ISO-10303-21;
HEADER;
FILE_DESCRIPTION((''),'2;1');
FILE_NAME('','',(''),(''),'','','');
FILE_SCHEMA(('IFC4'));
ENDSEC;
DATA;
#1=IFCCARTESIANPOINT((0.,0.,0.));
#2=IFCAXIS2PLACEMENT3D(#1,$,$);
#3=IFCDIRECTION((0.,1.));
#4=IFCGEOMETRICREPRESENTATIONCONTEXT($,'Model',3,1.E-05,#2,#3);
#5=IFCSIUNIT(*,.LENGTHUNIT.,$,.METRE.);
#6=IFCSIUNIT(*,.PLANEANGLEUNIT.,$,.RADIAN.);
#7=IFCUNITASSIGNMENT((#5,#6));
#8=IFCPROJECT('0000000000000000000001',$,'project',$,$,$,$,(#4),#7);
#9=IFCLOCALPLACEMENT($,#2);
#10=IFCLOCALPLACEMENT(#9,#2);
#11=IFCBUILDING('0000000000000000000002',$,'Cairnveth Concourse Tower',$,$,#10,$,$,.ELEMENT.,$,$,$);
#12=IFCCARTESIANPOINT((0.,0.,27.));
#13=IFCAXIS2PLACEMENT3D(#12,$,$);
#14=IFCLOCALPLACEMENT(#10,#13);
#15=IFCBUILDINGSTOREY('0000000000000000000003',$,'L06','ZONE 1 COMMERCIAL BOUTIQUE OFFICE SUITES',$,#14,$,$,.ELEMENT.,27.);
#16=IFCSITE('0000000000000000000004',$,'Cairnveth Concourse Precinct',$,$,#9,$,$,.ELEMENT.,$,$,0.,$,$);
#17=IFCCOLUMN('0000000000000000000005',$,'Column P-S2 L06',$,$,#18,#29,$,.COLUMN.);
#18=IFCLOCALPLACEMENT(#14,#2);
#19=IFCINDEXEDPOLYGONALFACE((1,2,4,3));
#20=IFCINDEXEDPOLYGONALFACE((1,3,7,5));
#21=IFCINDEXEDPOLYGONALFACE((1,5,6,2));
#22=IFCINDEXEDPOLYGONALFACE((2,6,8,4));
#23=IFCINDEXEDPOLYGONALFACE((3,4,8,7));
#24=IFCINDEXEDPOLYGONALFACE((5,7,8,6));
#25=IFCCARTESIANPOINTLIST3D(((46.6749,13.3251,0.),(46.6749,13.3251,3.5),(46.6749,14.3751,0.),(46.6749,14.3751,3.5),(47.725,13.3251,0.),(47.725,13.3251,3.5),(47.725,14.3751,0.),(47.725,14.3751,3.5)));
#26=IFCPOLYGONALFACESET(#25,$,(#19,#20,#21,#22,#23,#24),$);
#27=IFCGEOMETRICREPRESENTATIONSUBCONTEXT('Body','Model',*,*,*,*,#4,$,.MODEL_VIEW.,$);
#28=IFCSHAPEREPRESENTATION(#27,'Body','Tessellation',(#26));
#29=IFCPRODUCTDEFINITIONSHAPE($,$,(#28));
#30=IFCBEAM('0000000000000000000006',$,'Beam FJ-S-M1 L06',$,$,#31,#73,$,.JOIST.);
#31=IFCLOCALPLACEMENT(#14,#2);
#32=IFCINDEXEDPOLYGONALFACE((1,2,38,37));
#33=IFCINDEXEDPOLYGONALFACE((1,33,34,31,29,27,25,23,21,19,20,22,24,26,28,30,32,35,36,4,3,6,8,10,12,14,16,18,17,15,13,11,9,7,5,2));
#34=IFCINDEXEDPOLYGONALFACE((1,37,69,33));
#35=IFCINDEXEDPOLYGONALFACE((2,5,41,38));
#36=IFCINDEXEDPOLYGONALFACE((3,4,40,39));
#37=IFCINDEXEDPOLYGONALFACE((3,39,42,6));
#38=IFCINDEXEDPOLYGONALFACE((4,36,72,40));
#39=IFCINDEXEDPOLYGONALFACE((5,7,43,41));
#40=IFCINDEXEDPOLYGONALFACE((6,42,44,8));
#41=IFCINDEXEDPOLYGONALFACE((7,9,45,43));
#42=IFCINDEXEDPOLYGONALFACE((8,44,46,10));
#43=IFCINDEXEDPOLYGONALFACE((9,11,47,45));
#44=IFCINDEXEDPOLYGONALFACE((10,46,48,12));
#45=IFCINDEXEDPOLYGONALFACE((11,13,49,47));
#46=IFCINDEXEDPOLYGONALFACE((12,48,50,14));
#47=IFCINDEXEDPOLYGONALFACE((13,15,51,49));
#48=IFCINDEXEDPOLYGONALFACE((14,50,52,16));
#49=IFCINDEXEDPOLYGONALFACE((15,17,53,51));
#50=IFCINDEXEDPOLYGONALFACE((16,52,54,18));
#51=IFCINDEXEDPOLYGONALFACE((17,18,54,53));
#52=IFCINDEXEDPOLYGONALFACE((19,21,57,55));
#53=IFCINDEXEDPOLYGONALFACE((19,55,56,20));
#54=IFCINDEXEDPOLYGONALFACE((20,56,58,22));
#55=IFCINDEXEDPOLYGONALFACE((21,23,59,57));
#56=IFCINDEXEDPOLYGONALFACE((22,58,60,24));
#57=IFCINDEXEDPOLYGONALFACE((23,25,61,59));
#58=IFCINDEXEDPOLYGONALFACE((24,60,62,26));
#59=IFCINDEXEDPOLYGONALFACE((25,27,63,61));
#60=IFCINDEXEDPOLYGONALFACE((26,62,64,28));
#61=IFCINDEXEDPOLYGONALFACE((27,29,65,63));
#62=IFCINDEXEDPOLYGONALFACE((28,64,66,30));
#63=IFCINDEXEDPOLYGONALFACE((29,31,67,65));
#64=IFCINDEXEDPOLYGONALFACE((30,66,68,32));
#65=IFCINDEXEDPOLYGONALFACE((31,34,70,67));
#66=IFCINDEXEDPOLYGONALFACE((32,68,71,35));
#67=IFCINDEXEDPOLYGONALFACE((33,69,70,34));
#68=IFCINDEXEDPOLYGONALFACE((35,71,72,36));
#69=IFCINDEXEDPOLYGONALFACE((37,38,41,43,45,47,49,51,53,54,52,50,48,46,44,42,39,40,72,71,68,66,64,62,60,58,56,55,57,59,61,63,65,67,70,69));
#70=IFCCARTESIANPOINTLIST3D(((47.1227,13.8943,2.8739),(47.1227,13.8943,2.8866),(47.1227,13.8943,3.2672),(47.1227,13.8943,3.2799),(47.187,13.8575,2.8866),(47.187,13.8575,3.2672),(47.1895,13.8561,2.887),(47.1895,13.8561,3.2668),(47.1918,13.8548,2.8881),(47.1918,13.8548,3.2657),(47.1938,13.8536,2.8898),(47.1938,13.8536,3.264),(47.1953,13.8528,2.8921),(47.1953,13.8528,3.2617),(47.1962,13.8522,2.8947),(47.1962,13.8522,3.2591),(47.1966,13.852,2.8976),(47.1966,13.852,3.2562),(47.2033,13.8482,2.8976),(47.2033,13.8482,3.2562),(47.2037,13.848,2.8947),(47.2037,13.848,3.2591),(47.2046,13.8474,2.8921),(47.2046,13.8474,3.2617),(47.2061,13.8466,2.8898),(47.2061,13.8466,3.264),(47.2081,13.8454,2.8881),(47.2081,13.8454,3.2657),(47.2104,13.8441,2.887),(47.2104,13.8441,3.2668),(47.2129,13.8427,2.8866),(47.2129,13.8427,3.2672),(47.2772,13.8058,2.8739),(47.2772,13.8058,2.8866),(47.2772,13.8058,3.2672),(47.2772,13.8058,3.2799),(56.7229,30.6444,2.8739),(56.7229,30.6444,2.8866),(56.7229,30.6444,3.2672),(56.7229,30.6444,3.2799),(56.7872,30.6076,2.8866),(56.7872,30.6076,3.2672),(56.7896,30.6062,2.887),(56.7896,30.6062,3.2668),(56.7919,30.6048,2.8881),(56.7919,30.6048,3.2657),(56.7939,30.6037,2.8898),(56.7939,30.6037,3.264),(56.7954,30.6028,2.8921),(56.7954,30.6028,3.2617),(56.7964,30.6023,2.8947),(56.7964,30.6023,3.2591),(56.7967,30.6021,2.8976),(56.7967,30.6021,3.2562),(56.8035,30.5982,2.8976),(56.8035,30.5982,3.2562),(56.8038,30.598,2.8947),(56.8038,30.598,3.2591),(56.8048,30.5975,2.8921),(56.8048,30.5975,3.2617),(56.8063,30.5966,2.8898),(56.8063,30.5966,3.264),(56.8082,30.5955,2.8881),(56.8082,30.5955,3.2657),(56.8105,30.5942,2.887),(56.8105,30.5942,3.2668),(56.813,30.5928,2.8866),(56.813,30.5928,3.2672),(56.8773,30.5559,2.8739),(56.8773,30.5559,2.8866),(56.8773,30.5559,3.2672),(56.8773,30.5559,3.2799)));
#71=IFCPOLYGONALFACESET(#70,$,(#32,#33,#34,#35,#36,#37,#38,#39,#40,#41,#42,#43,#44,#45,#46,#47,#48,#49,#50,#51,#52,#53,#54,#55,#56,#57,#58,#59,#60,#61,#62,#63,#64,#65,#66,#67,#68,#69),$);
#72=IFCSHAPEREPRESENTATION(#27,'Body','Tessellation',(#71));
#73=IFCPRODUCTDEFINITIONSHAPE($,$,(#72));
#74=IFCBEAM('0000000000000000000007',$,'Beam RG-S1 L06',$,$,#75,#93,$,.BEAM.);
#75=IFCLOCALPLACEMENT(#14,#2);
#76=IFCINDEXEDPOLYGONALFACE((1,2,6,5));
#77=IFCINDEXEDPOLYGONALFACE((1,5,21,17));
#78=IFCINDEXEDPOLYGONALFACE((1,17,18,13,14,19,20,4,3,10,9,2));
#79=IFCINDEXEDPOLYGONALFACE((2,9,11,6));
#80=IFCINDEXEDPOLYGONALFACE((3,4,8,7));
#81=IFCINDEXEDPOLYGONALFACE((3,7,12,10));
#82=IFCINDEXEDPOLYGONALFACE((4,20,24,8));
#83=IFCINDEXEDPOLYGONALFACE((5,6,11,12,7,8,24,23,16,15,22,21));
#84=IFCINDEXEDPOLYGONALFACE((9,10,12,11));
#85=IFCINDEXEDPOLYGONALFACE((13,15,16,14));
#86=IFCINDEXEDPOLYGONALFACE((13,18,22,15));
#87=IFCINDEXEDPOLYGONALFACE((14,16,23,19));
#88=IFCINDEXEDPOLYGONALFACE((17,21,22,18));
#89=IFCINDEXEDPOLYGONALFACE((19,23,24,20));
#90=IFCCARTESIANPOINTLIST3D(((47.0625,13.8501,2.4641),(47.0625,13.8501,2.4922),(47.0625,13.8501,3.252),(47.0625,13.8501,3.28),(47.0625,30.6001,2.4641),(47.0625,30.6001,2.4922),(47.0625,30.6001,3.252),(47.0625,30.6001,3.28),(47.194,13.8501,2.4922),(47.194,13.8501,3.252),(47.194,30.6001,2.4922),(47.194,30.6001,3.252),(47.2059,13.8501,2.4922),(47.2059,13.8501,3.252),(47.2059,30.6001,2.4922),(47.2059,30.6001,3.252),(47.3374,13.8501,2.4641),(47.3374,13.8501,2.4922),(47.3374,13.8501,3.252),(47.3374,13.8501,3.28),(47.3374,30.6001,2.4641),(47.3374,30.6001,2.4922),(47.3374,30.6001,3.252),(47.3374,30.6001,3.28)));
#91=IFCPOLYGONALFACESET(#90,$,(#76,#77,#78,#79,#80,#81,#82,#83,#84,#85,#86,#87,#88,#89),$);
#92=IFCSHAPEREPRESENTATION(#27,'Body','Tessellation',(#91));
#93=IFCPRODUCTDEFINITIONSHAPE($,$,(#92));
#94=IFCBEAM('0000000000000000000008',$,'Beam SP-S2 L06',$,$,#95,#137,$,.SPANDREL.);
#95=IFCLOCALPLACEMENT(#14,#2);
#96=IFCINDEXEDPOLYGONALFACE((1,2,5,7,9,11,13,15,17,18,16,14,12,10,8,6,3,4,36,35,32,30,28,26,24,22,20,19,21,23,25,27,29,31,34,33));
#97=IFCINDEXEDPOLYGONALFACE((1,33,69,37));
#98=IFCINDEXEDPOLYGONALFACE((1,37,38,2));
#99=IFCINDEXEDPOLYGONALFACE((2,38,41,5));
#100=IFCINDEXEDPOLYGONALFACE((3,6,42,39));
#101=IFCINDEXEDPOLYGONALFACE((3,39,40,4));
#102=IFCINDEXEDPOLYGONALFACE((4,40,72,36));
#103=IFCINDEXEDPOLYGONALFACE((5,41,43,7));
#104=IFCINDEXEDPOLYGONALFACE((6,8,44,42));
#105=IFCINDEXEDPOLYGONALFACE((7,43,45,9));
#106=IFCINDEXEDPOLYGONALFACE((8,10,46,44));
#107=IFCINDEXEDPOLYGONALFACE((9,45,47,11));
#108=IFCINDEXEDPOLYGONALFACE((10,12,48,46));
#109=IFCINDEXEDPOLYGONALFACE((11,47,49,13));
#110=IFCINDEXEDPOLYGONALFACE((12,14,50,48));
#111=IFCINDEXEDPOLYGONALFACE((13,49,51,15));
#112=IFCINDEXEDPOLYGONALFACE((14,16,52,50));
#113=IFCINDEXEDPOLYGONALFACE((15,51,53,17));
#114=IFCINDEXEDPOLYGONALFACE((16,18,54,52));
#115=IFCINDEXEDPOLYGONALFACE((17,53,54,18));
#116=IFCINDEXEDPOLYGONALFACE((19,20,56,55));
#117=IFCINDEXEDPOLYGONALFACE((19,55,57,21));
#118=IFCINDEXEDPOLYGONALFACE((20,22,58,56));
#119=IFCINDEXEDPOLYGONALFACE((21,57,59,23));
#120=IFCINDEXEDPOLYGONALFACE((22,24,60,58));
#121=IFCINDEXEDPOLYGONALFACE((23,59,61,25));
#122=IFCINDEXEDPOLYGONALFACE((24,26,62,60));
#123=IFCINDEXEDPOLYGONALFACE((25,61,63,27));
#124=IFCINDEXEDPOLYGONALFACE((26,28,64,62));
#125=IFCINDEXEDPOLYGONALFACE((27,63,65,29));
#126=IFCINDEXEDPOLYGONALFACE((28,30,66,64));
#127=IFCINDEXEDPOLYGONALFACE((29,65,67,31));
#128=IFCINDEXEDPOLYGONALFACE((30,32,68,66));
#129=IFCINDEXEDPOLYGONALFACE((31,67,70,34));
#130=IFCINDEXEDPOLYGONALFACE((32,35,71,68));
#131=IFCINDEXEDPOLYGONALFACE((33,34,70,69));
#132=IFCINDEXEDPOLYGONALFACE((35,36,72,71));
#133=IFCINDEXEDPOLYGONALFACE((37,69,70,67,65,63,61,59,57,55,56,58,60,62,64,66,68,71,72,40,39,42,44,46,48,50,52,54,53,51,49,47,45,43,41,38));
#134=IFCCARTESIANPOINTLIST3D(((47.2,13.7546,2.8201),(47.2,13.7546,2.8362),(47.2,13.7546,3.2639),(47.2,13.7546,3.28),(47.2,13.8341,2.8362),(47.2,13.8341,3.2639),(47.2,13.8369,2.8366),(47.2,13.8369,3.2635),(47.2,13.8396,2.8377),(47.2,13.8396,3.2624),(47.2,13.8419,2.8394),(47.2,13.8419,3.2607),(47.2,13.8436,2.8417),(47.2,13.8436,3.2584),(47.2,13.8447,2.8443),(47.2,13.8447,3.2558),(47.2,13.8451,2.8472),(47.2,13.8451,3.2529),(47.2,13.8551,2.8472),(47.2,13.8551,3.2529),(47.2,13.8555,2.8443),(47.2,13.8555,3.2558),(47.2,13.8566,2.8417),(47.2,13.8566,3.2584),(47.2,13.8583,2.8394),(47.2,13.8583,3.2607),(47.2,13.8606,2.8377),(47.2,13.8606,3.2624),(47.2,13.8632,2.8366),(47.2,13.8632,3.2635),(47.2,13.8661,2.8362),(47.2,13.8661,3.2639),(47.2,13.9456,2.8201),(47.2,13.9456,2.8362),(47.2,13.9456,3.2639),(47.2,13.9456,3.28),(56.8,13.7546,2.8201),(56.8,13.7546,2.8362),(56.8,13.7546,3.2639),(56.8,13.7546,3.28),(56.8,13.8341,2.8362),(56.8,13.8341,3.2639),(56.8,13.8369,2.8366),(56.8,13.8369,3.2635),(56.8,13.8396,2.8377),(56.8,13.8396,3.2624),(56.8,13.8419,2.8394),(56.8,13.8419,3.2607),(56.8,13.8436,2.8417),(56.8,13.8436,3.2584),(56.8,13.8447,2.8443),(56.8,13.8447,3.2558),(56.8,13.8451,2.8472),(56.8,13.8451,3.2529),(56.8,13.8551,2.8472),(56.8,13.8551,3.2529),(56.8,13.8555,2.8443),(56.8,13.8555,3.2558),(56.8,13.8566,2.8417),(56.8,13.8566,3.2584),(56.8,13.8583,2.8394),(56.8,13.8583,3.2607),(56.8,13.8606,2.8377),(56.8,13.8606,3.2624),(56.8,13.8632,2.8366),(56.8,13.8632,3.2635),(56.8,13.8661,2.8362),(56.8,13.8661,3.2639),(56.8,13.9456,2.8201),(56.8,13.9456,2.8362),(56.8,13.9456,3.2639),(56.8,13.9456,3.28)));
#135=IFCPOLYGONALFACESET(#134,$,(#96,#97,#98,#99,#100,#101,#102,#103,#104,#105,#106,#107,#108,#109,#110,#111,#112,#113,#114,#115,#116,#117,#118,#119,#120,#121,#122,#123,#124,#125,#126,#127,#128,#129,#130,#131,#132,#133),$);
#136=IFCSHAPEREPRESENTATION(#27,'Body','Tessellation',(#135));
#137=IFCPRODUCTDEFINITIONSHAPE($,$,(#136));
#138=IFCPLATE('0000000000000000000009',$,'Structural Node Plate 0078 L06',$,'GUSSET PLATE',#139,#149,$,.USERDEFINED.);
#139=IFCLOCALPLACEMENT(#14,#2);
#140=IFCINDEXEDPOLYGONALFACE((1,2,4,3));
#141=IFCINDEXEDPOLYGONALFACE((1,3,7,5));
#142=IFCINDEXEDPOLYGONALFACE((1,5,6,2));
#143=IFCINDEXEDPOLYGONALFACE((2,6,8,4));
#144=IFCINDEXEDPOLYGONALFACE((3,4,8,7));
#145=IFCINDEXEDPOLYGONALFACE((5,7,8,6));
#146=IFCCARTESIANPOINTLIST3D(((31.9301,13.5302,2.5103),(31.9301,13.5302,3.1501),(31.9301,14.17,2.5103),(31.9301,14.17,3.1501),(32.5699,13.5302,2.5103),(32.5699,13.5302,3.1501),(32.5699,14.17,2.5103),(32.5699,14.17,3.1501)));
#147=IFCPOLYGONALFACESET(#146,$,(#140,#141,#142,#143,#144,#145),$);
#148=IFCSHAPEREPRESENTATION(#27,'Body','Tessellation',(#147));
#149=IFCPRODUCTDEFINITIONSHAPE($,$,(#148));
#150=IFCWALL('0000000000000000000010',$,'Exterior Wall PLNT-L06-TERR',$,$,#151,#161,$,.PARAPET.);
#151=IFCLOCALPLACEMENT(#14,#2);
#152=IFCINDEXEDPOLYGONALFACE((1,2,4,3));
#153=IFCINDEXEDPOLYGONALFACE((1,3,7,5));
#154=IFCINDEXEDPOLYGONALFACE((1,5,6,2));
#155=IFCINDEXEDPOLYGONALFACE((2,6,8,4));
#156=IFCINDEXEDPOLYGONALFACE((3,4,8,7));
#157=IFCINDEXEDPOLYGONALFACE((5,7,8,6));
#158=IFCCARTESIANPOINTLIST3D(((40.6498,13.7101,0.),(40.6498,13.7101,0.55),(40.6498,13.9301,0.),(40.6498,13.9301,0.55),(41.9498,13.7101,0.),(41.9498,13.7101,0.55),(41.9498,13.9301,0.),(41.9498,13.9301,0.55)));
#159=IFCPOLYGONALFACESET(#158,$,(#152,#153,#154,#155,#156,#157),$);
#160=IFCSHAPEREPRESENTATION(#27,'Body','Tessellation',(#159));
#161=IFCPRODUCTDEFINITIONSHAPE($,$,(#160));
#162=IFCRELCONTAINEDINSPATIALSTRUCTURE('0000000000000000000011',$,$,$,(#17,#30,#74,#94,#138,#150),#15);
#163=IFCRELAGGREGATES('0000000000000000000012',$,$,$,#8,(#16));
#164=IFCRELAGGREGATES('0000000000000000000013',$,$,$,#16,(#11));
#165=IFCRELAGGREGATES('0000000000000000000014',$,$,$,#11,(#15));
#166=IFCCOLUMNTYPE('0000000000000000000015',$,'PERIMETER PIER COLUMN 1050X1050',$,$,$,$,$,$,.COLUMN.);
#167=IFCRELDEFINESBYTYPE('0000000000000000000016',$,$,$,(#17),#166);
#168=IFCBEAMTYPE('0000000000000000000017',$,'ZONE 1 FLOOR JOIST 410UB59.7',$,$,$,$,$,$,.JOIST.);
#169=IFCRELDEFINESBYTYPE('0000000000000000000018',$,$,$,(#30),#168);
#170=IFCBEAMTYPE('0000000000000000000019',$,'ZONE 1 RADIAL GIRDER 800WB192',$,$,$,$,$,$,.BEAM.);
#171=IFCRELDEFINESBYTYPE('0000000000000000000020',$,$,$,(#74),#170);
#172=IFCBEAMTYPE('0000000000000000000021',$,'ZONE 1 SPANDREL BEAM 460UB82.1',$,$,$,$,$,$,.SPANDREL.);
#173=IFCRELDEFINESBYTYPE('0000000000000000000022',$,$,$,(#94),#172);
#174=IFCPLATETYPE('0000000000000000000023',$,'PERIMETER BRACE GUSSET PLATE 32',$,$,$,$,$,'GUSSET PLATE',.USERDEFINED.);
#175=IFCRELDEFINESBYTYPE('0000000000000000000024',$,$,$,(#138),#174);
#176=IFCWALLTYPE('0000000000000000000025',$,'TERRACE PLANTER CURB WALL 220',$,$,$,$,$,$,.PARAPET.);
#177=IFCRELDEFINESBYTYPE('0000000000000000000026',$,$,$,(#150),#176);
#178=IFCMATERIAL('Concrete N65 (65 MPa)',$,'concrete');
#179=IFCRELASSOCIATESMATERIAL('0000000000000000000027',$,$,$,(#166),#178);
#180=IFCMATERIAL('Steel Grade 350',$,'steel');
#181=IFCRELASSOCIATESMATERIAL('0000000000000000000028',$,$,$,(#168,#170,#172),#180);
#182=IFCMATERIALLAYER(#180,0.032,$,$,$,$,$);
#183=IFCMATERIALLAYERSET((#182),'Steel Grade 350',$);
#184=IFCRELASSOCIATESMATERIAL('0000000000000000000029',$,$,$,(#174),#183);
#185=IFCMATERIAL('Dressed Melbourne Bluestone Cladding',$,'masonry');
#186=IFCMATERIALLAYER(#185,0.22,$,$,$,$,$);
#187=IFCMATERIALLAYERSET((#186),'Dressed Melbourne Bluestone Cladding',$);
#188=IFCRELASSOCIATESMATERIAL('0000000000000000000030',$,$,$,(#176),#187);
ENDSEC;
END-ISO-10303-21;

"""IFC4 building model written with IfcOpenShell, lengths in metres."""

from ifc_helpers import new_model, si_unit, direction, frame, frame_2d, origin, origin_2d, place, context, subcontext, project, spatial, rectangle, i_section, extrude, material, layer, layer_set, material_profile, profile_set, type_object, element, save


model = new_model("IFC4")

# Units and contexts
model_context = context("Model", 3, precision=1e-05, world=origin(), true_north=direction((0.0, 1.0)))
body_context = subcontext(model_context, "Body", "Model", "MODEL_VIEW")
ifc_project = project(units=[si_unit("LENGTHUNIT", "METRE"), si_unit("PLANEANGLEUNIT", "RADIAN")], contexts=[model_context])

# Site, building, storey
site_placement = place(None, origin())
site = spatial("IfcSite", under=ifc_project, at=site_placement, Name="Cairnveth Concourse Precinct", CompositionType="ELEMENT", RefElevation=0.0)
building_placement = place(site_placement, origin())
building = spatial("IfcBuilding", under=site, at=building_placement, Name="Cairnveth Concourse Tower", CompositionType="ELEMENT")
storey_placement = place(building_placement, frame((0.0, 0.0, 27.0)))
storey = spatial("IfcBuildingStorey", under=building, at=storey_placement, Name="L06", Description="ZONE 1 COMMERCIAL BOUTIQUE OFFICE SUITES", CompositionType="ELEMENT", Elevation=27.0)

# Column
ifc_material_1 = material(Name="Concrete N65 (65 MPa)", Category="concrete")
ifc_material_profile_1 = material_profile(ifc_material_1, rectangle(XDim=1.05, YDim=1.05, at=origin_2d()), Name="RC-COL-1050x1050")
ifc_profile_set_1 = profile_set([ifc_material_profile_1], Name="Concrete N65 (65 MPa)")
column_type = type_object("IfcColumnType", Name="PERIMETER PIER COLUMN 1050X1050", PredefinedType="COLUMN", material=ifc_profile_set_1)
column_placement = place(storey_placement, frame((47.2, 13.8501, 0.0), z_axis=(0.0, 0.0, 1.0), x_axis=(1.0, 0.0, 0.0)))
element("IfcColumn", 1, at=column_placement, inside=storey, type_object=column_type, Name="Column P-S2 L06", PredefinedType="COLUMN", context=body_context, shape_type="SweptSolid", body=[
    extrude(rectangle(XDim=1.05, YDim=1.05, at=origin_2d()), origin(), (0.0, 0.0, 1.0), 3.5),
])

# Beams
ifc_material_2 = material(Name="Steel Grade 350", Category="steel")
ifc_material_profile_2 = material_profile(ifc_material_2, i_section(OverallWidth=0.178, OverallDepth=0.406, WebThickness=0.0078, FlangeThickness=0.0127, FilletRadius=0.011, at=origin_2d()), Name="410UB59.7")
ifc_profile_set_2 = profile_set([ifc_material_profile_2], Name="Steel Grade 350")
beam_type_1 = type_object("IfcBeamType", Name="ZONE 1 FLOOR JOIST 410UB59.7", PredefinedType="JOIST", material=ifc_profile_set_2)
beam_1_placement = place(storey_placement, frame((47.2, 13.8501, 3.0769), z_axis=(0.497258, 0.867603, 0.0), x_axis=(-0.867603, 0.497258, 0.0)))
element("IfcBeam", 2, at=beam_1_placement, inside=storey, type_object=beam_type_1, Name="Beam FJ-S-M1 L06", PredefinedType="JOIST", context=body_context, shape_type="SweptSolid", body=[
    extrude(i_section(OverallWidth=0.178, OverallDepth=0.406, WebThickness=0.0078, FlangeThickness=0.0127, FilletRadius=0.011, at=origin_2d()), origin(), (0.0, 0.0, 1.0), 19.3062),
])
ifc_material_profile_3 = material_profile(ifc_material_2, i_section(OverallWidth=0.2749, OverallDepth=0.8159, WebThickness=0.012, FlangeThickness=0.0281, at=origin_2d()), Name="800WB192")
ifc_profile_set_3 = profile_set([ifc_material_profile_3], Name="Steel Grade 350")
beam_type_2 = type_object("IfcBeamType", Name="ZONE 1 RADIAL GIRDER 800WB192", PredefinedType="BEAM", material=ifc_profile_set_3)
beam_2_placement = place(storey_placement, frame((47.2, 13.8501, 2.8721), z_axis=(0.0, 1.0, 0.0), x_axis=(-1.0, 0.0, 0.0)))
element("IfcBeam", 3, at=beam_2_placement, inside=storey, type_object=beam_type_2, Name="Beam RG-S1 L06", PredefinedType="BEAM", context=body_context, shape_type="SweptSolid", body=[
    extrude(i_section(OverallWidth=0.2749, OverallDepth=0.8159, WebThickness=0.012, FlangeThickness=0.0281, at=origin_2d()), origin(), (0.0, 0.0, 1.0), 16.75),
])
ifc_material_profile_4 = material_profile(ifc_material_2, i_section(OverallWidth=0.1909, OverallDepth=0.46, WebThickness=0.01, FlangeThickness=0.0161, FilletRadius=0.011, at=origin_2d()), Name="460UB82.1")
ifc_profile_set_4 = profile_set([ifc_material_profile_4], Name="Steel Grade 350")
beam_type_3 = type_object("IfcBeamType", Name="ZONE 1 SPANDREL BEAM 460UB82.1", PredefinedType="SPANDREL", material=ifc_profile_set_4)
beam_3_placement = place(storey_placement, frame((47.2, 13.8501, 3.05), z_axis=(1.0, 0.0, 0.0), x_axis=(0.0, 1.0, 0.0)))
element("IfcBeam", 4, at=beam_3_placement, inside=storey, type_object=beam_type_3, Name="Beam SP-S2 L06", PredefinedType="SPANDREL", context=body_context, shape_type="SweptSolid", body=[
    extrude(i_section(OverallWidth=0.1909, OverallDepth=0.46, WebThickness=0.01, FlangeThickness=0.0161, FilletRadius=0.011, at=origin_2d()), origin(), (0.0, 0.0, 1.0), 9.6001),
])

# Plate
ifc_layer_1 = layer(ifc_material_2, 0.032)
ifc_layer_set_1 = layer_set([ifc_layer_1], Name="Steel Grade 350")
plate_type = type_object("IfcPlateType", Name="PERIMETER BRACE GUSSET PLATE 32", ElementType="GUSSET PLATE", PredefinedType="USERDEFINED", material=ifc_layer_set_1)
plate_placement = place(storey_placement, frame((32.25, 13.8501, 2.5103), z_axis=(0.0, 0.0, 1.0), x_axis=(1.0, 0.0, 0.0)))
element("IfcPlate", 5, at=plate_placement, inside=storey, type_object=plate_type, Name="Structural Node Plate 0078 L06", ObjectType="GUSSET PLATE", PredefinedType="USERDEFINED", context=body_context, shape_type="SweptSolid", body=[
    extrude(rectangle(XDim=0.6399, YDim=0.6399, at=origin_2d()), origin(), (0.0, 0.0, 1.0), 0.6399),
])

# Wall
ifc_material_3 = material(Name="Dressed Melbourne Bluestone Cladding", Category="masonry")
ifc_layer_2 = layer(ifc_material_3, 0.22)
ifc_layer_set_2 = layer_set([ifc_layer_2], Name="Dressed Melbourne Bluestone Cladding")
wall_type_1 = type_object("IfcWallType", Name="TERRACE PLANTER CURB WALL 220", PredefinedType="PARAPET", material=ifc_layer_set_2)
wall_1_placement = place(storey_placement, frame((40.6499, 13.8201, 0.0), z_axis=(0.0, 0.0, 1.0), x_axis=(1.0, 0.0, 0.0)))
element("IfcWall", 6, at=wall_1_placement, inside=storey, type_object=wall_type_1, Name="Exterior Wall PLNT-L06-TERR", PredefinedType="PARAPET", context=body_context, shape_type="SweptSolid", body=[
    extrude(rectangle(XDim=1.3, YDim=0.22, at=frame_2d((0.6499, 0.0))), origin(), (0.0, 0.0, 1.0), 0.55),
])

save(model, "model.ifc")
